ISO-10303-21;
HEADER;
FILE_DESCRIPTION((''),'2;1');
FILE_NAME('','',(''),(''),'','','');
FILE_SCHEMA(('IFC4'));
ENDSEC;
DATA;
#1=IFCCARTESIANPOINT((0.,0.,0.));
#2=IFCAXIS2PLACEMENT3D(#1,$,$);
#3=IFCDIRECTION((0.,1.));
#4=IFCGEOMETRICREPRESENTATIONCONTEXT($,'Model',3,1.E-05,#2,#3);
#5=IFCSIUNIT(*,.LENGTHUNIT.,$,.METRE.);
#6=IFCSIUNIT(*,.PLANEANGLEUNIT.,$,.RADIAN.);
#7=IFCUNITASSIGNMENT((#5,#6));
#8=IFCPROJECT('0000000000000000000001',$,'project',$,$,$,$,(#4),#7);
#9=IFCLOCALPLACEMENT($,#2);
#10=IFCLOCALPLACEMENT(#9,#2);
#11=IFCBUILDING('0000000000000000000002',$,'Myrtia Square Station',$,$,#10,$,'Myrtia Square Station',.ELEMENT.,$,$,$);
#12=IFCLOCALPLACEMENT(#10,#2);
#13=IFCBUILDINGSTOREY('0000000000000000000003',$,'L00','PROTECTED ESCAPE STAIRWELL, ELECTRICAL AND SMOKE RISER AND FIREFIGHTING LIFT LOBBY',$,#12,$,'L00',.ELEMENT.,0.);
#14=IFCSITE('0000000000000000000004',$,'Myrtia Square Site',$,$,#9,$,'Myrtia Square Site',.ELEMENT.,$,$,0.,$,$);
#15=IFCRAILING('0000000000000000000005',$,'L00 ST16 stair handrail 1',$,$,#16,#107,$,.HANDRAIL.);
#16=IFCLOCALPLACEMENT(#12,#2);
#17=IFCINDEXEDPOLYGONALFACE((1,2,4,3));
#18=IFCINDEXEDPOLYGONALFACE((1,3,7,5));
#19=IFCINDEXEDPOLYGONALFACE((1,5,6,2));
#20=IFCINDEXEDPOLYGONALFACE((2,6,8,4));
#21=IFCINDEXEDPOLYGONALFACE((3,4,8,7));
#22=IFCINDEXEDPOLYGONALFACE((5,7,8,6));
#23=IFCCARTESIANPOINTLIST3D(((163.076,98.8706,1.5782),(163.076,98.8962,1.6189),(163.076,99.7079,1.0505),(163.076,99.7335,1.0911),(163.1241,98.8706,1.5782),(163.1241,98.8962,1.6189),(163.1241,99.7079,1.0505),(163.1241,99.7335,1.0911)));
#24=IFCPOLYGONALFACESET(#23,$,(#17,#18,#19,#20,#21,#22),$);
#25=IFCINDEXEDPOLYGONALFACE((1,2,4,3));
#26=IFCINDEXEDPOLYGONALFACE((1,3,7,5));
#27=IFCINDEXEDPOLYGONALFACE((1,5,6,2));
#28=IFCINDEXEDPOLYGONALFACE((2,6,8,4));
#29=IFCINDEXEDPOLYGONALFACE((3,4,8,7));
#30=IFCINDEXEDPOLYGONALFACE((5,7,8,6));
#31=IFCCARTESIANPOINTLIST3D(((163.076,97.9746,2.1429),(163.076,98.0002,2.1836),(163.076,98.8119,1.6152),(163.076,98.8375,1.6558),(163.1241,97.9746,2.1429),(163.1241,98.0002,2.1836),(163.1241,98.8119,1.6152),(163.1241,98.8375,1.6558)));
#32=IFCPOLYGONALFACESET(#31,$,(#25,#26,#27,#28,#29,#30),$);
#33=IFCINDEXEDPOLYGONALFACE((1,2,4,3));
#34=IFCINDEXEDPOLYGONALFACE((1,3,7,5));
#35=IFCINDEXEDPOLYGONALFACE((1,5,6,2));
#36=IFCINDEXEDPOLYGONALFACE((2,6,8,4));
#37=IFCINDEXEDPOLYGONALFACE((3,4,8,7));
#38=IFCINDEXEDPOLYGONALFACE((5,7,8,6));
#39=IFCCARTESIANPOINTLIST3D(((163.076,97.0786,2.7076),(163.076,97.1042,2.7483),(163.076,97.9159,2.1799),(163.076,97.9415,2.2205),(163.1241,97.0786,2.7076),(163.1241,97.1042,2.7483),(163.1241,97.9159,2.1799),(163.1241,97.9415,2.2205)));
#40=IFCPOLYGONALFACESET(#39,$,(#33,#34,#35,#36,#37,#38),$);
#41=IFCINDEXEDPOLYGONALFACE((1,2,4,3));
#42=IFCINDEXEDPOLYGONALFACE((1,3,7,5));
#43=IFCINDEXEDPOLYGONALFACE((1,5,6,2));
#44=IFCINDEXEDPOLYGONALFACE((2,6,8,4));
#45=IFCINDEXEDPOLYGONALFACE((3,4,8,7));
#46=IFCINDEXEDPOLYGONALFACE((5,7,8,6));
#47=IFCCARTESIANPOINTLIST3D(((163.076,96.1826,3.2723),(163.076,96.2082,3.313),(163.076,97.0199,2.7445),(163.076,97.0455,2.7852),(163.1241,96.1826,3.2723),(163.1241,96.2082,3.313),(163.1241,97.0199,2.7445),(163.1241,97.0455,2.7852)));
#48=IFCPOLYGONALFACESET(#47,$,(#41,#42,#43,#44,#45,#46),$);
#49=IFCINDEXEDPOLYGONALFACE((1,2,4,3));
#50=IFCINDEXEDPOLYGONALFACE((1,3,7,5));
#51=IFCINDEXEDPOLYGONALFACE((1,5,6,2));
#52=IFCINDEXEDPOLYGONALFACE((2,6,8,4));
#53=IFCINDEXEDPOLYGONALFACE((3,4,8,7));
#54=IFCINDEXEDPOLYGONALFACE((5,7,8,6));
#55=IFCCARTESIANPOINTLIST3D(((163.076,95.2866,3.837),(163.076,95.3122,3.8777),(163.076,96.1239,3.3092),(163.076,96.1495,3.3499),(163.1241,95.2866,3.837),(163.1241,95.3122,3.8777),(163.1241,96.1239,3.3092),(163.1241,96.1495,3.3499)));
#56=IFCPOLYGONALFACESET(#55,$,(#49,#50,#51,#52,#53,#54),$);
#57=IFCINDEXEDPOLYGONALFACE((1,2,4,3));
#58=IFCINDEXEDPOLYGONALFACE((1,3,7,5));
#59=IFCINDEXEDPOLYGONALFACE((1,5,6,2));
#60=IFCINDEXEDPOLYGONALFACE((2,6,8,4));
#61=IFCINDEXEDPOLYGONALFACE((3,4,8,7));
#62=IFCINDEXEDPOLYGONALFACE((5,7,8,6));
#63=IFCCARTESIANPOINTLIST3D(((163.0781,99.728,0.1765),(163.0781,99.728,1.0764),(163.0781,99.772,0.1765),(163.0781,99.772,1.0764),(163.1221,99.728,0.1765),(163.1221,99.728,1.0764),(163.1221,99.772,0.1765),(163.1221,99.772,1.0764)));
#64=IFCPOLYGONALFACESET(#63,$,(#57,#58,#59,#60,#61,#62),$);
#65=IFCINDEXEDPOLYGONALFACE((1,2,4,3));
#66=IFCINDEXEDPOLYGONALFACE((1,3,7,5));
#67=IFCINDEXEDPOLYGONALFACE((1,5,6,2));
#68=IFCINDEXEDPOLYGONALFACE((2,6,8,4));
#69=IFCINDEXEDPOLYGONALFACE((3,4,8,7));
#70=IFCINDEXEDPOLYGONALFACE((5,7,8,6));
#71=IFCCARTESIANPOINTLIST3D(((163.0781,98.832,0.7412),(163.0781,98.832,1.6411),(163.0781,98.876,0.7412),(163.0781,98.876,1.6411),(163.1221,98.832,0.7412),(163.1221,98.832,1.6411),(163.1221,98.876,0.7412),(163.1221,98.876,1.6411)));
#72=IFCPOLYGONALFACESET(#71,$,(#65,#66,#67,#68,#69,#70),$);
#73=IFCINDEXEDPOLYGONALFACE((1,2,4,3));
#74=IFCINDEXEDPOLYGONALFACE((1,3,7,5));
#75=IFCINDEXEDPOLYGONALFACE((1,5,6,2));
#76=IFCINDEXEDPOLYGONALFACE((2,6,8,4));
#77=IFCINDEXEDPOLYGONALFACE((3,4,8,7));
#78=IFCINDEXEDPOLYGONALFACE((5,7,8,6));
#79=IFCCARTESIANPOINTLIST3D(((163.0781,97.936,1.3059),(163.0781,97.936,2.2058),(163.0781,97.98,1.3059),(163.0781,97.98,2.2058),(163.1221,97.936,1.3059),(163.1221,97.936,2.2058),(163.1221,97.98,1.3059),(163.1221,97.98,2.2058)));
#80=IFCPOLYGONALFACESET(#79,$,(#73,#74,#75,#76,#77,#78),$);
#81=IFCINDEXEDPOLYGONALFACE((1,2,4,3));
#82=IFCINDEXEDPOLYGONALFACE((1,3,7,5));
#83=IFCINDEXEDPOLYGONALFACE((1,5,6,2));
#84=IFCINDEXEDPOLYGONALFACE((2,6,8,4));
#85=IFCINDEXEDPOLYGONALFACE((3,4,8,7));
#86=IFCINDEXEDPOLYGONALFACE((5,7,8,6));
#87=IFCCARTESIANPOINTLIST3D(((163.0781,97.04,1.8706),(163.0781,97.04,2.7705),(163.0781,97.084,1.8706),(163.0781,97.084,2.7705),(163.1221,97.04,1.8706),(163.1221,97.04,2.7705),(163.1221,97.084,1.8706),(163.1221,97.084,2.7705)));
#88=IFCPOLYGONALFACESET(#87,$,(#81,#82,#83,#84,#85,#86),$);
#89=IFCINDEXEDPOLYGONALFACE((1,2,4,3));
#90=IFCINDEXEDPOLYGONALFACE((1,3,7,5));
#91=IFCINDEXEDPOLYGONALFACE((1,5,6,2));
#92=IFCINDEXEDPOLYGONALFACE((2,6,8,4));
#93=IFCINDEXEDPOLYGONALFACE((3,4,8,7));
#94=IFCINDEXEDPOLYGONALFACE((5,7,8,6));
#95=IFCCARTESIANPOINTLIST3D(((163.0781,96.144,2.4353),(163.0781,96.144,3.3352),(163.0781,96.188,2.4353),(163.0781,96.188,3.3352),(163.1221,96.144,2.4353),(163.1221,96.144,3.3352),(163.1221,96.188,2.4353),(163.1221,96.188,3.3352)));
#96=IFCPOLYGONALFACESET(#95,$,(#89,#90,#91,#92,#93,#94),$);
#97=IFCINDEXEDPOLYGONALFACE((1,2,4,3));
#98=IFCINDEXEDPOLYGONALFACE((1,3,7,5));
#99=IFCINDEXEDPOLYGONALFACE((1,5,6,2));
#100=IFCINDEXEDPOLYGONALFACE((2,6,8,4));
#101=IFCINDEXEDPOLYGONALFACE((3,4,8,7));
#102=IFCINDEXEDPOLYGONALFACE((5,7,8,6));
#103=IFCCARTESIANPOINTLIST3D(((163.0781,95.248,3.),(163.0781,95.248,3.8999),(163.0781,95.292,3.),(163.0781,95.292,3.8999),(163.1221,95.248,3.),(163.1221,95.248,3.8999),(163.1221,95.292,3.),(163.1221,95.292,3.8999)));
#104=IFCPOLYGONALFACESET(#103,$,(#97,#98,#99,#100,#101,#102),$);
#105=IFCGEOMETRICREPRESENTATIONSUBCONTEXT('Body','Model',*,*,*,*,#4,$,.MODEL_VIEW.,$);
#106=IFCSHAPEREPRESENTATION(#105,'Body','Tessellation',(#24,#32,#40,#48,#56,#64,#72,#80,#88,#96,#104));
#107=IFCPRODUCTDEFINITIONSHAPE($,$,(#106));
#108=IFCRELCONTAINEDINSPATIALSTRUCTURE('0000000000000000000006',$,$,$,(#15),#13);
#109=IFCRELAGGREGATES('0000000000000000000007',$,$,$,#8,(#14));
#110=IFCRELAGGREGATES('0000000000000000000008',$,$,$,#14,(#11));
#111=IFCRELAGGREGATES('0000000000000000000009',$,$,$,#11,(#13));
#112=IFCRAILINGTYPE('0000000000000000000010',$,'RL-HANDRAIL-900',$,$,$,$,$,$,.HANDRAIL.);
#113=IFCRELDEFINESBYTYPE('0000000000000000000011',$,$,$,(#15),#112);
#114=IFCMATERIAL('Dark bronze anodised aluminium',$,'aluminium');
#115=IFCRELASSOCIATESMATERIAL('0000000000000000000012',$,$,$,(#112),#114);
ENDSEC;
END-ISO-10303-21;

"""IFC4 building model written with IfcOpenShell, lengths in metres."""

from ifc_helpers import new_model, si_unit, direction, frame, origin, origin_2d, place, context, subcontext, project, spatial, rectangle, extrude, material, type_object, element, save


model = new_model("IFC4")

# Units and contexts
model_context = context("Model", 3, precision=1e-05, world=origin(), true_north=direction((0.0, 1.0)))
body_context = subcontext(model_context, "Body", "Model", "MODEL_VIEW")
ifc_project = project(units=[si_unit("LENGTHUNIT", "METRE"), si_unit("PLANEANGLEUNIT", "RADIAN")], contexts=[model_context])

# Site, building, storey
site_placement = place(None, origin())
site = spatial("IfcSite", under=ifc_project, at=site_placement, Name="Myrtia Square Site", LongName="Myrtia Square Site", CompositionType="ELEMENT", RefElevation=0.0)
building_placement = place(site_placement, origin())
building = spatial("IfcBuilding", under=site, at=building_placement, Name="Myrtia Square Station", LongName="Myrtia Square Station", CompositionType="ELEMENT")
storey_placement = place(building_placement, origin())
storey = spatial("IfcBuildingStorey", under=building, at=storey_placement, Name="L00", Description="PROTECTED ESCAPE STAIRWELL, ELECTRICAL AND SMOKE RISER AND FIREFIGHTING LIFT LOBBY", LongName="L00", CompositionType="ELEMENT", Elevation=0.0)

# Shared definitions
ifc_material_1 = material(Name="Dark bronze anodised aluminium", Category="aluminium")

# Railing
railing_type = type_object("IfcRailingType", Name="RL-HANDRAIL-900", PredefinedType="HANDRAIL", material=ifc_material_1)
railing_placement = place(storey_placement, frame((163.1001, 99.75, 0.1765)))
element("IfcRailing", 1, at=railing_placement, inside=storey, type_object=railing_type, Name="L00 ST16 stair handrail 1", PredefinedType="HANDRAIL", context=body_context, shape_type="SweptSolid", body=[
    extrude(rectangle(XDim=0.0481, YDim=0.0481, at=origin_2d()), frame((0.0, -0.0293, 0.8943), z_axis=(0.0, -0.845998, 0.533186), x_axis=(1.0, 0.0, 0.0)), (0.0, 0.0, 1.0), 0.9897),
    extrude(rectangle(XDim=0.0481, YDim=0.0481, at=origin_2d()), frame((0.0, -0.9253, 1.459), z_axis=(0.0, -0.845998, 0.533186), x_axis=(1.0, 0.0, 0.0)), (0.0, 0.0, 1.0), 0.9897),
    extrude(rectangle(XDim=0.0481, YDim=0.0481, at=origin_2d()), frame((0.0, -1.8213, 2.0237), z_axis=(0.0, -0.845998, 0.533186), x_axis=(1.0, 0.0, 0.0)), (0.0, 0.0, 1.0), 0.9897),
    extrude(rectangle(XDim=0.0481, YDim=0.0481, at=origin_2d()), frame((0.0, -2.7173, 2.5884), z_axis=(0.0, -0.845998, 0.533186), x_axis=(1.0, 0.0, 0.0)), (0.0, 0.0, 1.0), 0.9897),
    extrude(rectangle(XDim=0.0481, YDim=0.0481, at=origin_2d()), frame((0.0, -3.6133, 3.1531), z_axis=(0.0, -0.845998, 0.533186), x_axis=(1.0, 0.0, 0.0)), (0.0, 0.0, 1.0), 0.9897),
    extrude(rectangle(XDim=0.0439, YDim=0.0439, at=origin_2d()), origin(), (0.0, 0.0, 1.0), 0.8999),
    extrude(rectangle(XDim=0.0439, YDim=0.0439, at=origin_2d()), frame((0.0, -0.896, 0.5647)), (0.0, 0.0, 1.0), 0.8999),
    extrude(rectangle(XDim=0.0439, YDim=0.0439, at=origin_2d()), frame((0.0, -1.792, 1.1294)), (0.0, 0.0, 1.0), 0.8999),
    extrude(rectangle(XDim=0.0439, YDim=0.0439, at=origin_2d()), frame((0.0, -2.688, 1.6941)), (0.0, 0.0, 1.0), 0.8999),
    extrude(rectangle(XDim=0.0439, YDim=0.0439, at=origin_2d()), frame((0.0, -3.584, 2.2588)), (0.0, 0.0, 1.0), 0.8999),
    extrude(rectangle(XDim=0.0439, YDim=0.0439, at=origin_2d()), frame((0.0, -4.48, 2.8235)), (0.0, 0.0, 1.0), 0.8999),
])

save(model, "model.ifc")
